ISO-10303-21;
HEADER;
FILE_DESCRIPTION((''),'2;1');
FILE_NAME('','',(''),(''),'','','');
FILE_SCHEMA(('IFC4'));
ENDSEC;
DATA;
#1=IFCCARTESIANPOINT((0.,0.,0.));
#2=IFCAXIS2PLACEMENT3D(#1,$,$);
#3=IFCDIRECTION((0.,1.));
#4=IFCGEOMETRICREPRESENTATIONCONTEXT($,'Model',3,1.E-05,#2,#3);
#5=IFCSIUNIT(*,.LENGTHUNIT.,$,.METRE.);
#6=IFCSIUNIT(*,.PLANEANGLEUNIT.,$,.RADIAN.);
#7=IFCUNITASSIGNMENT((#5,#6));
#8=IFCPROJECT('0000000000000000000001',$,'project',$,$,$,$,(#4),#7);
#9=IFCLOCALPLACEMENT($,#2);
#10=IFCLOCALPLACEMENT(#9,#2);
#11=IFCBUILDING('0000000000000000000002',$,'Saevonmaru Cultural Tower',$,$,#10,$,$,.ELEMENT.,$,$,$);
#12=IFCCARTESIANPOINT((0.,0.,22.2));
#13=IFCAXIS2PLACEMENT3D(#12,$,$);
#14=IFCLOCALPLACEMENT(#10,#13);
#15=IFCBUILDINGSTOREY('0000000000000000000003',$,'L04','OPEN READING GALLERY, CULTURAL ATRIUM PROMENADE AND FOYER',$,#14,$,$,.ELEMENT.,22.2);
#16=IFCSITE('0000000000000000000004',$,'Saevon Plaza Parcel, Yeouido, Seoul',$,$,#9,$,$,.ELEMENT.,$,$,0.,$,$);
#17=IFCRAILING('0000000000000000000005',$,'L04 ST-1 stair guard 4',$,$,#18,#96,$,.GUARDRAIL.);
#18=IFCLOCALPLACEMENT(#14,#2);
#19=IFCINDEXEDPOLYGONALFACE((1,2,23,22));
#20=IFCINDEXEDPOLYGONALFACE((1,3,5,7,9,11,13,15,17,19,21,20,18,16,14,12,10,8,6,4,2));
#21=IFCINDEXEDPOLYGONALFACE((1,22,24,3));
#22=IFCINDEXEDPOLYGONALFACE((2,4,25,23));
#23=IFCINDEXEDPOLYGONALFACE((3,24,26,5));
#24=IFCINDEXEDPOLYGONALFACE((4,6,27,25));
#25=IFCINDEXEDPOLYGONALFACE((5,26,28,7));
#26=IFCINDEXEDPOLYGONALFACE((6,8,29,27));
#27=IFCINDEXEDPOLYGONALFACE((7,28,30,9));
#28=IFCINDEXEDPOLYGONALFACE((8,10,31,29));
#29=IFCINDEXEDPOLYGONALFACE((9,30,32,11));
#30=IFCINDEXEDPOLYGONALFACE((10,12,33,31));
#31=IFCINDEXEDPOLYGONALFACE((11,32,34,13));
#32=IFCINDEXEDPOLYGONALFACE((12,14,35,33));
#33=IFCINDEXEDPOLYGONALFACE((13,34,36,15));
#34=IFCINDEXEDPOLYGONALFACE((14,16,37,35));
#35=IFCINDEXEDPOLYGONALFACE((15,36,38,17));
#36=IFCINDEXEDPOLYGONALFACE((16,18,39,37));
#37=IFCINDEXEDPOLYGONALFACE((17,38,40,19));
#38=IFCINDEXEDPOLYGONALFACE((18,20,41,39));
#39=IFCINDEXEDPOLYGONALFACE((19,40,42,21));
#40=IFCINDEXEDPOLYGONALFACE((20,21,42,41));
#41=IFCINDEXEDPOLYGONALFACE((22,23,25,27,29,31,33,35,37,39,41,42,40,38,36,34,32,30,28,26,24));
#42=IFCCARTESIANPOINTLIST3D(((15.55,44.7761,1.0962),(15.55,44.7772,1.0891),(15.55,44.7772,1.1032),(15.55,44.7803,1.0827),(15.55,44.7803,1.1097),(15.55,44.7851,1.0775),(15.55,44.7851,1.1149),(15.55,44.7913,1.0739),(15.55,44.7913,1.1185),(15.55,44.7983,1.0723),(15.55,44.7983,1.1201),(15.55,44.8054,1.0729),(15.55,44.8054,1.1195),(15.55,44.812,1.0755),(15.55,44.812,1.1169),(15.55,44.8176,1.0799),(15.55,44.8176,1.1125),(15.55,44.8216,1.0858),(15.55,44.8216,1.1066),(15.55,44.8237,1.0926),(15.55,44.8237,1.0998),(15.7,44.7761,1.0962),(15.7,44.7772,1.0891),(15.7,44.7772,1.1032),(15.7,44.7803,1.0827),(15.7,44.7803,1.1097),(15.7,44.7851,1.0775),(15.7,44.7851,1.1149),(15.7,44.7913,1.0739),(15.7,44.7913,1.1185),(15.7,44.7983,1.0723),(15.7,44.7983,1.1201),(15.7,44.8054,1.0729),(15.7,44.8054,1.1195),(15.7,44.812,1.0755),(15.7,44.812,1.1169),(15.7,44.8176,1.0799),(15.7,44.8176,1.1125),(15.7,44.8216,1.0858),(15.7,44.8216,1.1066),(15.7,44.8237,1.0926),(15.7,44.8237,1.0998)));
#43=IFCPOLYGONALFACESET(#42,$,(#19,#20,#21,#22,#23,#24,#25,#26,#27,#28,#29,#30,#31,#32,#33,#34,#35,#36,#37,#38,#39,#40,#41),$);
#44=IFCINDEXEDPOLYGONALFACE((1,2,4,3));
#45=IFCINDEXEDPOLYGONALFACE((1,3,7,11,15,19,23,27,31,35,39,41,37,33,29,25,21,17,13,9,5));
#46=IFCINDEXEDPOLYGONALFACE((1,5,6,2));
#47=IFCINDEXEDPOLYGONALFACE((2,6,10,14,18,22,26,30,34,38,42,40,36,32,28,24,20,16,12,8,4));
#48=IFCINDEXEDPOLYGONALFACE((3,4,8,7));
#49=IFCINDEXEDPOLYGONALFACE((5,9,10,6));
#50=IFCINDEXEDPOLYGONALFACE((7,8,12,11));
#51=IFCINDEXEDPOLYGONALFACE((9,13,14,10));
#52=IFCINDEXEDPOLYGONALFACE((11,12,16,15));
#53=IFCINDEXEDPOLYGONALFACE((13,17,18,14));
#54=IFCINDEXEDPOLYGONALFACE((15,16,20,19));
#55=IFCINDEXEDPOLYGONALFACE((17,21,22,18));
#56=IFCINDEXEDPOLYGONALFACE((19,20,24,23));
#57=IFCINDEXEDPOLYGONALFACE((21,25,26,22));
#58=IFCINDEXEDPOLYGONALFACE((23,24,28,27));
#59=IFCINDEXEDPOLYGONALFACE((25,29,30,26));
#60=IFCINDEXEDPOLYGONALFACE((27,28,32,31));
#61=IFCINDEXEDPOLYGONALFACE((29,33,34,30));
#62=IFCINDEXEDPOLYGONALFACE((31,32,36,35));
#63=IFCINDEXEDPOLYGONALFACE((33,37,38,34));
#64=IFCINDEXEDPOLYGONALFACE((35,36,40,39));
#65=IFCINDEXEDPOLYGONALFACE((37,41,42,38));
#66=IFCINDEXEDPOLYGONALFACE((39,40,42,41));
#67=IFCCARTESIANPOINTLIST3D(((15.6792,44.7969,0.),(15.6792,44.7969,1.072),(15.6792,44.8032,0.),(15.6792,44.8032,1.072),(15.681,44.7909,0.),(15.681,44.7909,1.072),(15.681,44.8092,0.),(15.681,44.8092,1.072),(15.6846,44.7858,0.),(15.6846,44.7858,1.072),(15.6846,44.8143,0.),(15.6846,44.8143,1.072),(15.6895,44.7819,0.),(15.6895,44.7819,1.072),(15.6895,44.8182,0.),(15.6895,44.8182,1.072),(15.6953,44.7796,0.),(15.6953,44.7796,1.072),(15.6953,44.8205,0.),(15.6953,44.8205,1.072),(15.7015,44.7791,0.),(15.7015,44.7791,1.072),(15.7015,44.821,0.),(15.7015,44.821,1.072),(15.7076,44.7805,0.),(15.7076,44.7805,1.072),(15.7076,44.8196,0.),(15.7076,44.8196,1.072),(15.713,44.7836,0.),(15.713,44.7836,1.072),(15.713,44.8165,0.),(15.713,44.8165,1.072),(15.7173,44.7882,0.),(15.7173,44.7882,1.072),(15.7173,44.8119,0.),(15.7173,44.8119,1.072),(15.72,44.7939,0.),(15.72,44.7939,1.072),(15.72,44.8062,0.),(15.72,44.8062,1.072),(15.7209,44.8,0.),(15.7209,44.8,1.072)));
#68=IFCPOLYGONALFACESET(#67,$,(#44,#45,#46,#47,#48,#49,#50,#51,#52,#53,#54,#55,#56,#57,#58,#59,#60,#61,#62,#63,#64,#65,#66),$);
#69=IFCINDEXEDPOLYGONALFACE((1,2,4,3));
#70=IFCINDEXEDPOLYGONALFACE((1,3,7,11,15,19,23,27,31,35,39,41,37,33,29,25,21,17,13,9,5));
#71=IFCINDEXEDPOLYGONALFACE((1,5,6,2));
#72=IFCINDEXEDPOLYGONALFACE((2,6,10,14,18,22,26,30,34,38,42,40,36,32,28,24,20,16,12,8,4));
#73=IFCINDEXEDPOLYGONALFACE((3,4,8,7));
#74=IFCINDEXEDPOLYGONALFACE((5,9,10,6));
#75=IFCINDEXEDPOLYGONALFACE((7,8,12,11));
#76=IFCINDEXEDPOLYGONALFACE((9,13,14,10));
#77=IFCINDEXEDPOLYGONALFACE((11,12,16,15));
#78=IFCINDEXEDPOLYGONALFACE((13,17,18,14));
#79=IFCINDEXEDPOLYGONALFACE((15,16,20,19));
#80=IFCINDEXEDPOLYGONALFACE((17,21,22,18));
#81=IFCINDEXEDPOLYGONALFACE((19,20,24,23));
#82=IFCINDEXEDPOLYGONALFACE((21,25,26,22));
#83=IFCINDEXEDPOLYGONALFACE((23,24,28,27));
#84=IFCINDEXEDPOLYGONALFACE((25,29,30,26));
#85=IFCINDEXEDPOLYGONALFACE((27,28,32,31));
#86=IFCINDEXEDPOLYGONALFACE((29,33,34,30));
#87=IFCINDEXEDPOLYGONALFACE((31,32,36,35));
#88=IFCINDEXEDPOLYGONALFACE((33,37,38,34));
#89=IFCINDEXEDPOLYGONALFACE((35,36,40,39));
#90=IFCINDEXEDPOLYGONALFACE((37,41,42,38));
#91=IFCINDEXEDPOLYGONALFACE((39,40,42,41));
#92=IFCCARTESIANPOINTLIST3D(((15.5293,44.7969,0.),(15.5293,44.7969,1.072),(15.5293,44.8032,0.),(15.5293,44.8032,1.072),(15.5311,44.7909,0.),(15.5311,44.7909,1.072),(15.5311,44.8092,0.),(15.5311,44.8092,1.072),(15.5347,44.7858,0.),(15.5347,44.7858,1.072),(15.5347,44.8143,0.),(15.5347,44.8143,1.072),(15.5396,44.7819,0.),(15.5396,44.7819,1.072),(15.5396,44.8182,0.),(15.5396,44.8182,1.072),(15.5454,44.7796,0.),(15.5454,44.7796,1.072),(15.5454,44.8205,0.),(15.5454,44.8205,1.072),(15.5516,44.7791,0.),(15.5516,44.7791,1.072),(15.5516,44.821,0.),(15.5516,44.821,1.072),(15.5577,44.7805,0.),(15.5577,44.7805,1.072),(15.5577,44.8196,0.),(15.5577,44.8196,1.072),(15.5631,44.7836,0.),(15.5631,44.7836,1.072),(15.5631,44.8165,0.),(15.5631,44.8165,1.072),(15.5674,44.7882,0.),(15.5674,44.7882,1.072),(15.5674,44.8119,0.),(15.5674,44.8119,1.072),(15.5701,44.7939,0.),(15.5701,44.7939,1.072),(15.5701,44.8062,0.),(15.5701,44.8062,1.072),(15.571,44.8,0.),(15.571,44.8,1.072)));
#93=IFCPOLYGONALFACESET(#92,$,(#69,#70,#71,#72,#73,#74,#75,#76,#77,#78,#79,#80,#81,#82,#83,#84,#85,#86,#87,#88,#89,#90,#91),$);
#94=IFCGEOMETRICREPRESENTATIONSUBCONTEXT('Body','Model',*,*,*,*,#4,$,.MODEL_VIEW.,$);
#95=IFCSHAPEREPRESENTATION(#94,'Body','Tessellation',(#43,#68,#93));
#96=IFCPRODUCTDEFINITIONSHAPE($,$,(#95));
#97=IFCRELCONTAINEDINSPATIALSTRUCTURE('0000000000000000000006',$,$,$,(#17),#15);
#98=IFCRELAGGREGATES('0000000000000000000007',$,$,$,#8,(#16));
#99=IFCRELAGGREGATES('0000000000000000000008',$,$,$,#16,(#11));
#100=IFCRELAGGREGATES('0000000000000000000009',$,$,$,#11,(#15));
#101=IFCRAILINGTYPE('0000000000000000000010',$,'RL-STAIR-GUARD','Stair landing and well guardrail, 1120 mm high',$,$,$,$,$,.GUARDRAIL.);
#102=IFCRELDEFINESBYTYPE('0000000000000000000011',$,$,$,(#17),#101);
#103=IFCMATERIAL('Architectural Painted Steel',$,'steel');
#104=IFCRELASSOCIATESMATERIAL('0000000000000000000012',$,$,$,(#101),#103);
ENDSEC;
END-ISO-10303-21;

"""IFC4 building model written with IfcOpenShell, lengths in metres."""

from ifc_helpers import new_model, si_unit, direction, frame, origin, origin_2d, place, context, subcontext, project, spatial, circle, extrude, material, type_object, element, save


model = new_model("IFC4")

# Units and contexts
model_context = context("Model", 3, precision=1e-05, world=origin(), true_north=direction((0.0, 1.0)))
body_context = subcontext(model_context, "Body", "Model", "MODEL_VIEW")
ifc_project = project(units=[si_unit("LENGTHUNIT", "METRE"), si_unit("PLANEANGLEUNIT", "RADIAN")], contexts=[model_context])

# Site, building, storey
site_placement = place(None, origin())
site = spatial("IfcSite", under=ifc_project, at=site_placement, Name="Saevon Plaza Parcel, Yeouido, Seoul", CompositionType="ELEMENT", RefElevation=0.0)
building_placement = place(site_placement, origin())
building = spatial("IfcBuilding", under=site, at=building_placement, Name="Saevonmaru Cultural Tower", CompositionType="ELEMENT")
storey_placement = place(building_placement, frame((0.0, 0.0, 22.2)))
storey = spatial("IfcBuildingStorey", under=building, at=storey_placement, Name="L04", Description="OPEN READING GALLERY, CULTURAL ATRIUM PROMENADE AND FOYER", CompositionType="ELEMENT", Elevation=22.2)

# Railing
ifc_material_1 = material(Name="Architectural Painted Steel", Category="steel")
railing_type_1 = type_object("IfcRailingType", Name="RL-STAIR-GUARD", Description="Stair landing and well guardrail, 1120 mm high", PredefinedType="GUARDRAIL", material=ifc_material_1)
railing_1_placement = place(storey_placement, frame((15.7, 44.8, 0.0)))
element("IfcRailing", 1, at=railing_1_placement, inside=storey, type_object=railing_type_1, Name="L04 ST-1 stair guard 4", PredefinedType="GUARDRAIL", context=body_context, shape_type="SweptSolid", body=[
    extrude(circle(Radius=0.0239, at=origin_2d()), frame((0.0, 0.0, 1.0962), z_axis=(-1.0, 0.0, 0.0), x_axis=(0.0, -1.0, 0.0)), (0.0, 0.0, 1.0), 0.1499),
    extrude(circle(Radius=0.021, at=origin_2d()), origin(), (0.0, 0.0, 1.0), 1.072),
    extrude(circle(Radius=0.021, at=origin_2d()), frame((-0.1499, 0.0, 0.0)), (0.0, 0.0, 1.0), 1.072),
])

save(model, "model.ifc")
